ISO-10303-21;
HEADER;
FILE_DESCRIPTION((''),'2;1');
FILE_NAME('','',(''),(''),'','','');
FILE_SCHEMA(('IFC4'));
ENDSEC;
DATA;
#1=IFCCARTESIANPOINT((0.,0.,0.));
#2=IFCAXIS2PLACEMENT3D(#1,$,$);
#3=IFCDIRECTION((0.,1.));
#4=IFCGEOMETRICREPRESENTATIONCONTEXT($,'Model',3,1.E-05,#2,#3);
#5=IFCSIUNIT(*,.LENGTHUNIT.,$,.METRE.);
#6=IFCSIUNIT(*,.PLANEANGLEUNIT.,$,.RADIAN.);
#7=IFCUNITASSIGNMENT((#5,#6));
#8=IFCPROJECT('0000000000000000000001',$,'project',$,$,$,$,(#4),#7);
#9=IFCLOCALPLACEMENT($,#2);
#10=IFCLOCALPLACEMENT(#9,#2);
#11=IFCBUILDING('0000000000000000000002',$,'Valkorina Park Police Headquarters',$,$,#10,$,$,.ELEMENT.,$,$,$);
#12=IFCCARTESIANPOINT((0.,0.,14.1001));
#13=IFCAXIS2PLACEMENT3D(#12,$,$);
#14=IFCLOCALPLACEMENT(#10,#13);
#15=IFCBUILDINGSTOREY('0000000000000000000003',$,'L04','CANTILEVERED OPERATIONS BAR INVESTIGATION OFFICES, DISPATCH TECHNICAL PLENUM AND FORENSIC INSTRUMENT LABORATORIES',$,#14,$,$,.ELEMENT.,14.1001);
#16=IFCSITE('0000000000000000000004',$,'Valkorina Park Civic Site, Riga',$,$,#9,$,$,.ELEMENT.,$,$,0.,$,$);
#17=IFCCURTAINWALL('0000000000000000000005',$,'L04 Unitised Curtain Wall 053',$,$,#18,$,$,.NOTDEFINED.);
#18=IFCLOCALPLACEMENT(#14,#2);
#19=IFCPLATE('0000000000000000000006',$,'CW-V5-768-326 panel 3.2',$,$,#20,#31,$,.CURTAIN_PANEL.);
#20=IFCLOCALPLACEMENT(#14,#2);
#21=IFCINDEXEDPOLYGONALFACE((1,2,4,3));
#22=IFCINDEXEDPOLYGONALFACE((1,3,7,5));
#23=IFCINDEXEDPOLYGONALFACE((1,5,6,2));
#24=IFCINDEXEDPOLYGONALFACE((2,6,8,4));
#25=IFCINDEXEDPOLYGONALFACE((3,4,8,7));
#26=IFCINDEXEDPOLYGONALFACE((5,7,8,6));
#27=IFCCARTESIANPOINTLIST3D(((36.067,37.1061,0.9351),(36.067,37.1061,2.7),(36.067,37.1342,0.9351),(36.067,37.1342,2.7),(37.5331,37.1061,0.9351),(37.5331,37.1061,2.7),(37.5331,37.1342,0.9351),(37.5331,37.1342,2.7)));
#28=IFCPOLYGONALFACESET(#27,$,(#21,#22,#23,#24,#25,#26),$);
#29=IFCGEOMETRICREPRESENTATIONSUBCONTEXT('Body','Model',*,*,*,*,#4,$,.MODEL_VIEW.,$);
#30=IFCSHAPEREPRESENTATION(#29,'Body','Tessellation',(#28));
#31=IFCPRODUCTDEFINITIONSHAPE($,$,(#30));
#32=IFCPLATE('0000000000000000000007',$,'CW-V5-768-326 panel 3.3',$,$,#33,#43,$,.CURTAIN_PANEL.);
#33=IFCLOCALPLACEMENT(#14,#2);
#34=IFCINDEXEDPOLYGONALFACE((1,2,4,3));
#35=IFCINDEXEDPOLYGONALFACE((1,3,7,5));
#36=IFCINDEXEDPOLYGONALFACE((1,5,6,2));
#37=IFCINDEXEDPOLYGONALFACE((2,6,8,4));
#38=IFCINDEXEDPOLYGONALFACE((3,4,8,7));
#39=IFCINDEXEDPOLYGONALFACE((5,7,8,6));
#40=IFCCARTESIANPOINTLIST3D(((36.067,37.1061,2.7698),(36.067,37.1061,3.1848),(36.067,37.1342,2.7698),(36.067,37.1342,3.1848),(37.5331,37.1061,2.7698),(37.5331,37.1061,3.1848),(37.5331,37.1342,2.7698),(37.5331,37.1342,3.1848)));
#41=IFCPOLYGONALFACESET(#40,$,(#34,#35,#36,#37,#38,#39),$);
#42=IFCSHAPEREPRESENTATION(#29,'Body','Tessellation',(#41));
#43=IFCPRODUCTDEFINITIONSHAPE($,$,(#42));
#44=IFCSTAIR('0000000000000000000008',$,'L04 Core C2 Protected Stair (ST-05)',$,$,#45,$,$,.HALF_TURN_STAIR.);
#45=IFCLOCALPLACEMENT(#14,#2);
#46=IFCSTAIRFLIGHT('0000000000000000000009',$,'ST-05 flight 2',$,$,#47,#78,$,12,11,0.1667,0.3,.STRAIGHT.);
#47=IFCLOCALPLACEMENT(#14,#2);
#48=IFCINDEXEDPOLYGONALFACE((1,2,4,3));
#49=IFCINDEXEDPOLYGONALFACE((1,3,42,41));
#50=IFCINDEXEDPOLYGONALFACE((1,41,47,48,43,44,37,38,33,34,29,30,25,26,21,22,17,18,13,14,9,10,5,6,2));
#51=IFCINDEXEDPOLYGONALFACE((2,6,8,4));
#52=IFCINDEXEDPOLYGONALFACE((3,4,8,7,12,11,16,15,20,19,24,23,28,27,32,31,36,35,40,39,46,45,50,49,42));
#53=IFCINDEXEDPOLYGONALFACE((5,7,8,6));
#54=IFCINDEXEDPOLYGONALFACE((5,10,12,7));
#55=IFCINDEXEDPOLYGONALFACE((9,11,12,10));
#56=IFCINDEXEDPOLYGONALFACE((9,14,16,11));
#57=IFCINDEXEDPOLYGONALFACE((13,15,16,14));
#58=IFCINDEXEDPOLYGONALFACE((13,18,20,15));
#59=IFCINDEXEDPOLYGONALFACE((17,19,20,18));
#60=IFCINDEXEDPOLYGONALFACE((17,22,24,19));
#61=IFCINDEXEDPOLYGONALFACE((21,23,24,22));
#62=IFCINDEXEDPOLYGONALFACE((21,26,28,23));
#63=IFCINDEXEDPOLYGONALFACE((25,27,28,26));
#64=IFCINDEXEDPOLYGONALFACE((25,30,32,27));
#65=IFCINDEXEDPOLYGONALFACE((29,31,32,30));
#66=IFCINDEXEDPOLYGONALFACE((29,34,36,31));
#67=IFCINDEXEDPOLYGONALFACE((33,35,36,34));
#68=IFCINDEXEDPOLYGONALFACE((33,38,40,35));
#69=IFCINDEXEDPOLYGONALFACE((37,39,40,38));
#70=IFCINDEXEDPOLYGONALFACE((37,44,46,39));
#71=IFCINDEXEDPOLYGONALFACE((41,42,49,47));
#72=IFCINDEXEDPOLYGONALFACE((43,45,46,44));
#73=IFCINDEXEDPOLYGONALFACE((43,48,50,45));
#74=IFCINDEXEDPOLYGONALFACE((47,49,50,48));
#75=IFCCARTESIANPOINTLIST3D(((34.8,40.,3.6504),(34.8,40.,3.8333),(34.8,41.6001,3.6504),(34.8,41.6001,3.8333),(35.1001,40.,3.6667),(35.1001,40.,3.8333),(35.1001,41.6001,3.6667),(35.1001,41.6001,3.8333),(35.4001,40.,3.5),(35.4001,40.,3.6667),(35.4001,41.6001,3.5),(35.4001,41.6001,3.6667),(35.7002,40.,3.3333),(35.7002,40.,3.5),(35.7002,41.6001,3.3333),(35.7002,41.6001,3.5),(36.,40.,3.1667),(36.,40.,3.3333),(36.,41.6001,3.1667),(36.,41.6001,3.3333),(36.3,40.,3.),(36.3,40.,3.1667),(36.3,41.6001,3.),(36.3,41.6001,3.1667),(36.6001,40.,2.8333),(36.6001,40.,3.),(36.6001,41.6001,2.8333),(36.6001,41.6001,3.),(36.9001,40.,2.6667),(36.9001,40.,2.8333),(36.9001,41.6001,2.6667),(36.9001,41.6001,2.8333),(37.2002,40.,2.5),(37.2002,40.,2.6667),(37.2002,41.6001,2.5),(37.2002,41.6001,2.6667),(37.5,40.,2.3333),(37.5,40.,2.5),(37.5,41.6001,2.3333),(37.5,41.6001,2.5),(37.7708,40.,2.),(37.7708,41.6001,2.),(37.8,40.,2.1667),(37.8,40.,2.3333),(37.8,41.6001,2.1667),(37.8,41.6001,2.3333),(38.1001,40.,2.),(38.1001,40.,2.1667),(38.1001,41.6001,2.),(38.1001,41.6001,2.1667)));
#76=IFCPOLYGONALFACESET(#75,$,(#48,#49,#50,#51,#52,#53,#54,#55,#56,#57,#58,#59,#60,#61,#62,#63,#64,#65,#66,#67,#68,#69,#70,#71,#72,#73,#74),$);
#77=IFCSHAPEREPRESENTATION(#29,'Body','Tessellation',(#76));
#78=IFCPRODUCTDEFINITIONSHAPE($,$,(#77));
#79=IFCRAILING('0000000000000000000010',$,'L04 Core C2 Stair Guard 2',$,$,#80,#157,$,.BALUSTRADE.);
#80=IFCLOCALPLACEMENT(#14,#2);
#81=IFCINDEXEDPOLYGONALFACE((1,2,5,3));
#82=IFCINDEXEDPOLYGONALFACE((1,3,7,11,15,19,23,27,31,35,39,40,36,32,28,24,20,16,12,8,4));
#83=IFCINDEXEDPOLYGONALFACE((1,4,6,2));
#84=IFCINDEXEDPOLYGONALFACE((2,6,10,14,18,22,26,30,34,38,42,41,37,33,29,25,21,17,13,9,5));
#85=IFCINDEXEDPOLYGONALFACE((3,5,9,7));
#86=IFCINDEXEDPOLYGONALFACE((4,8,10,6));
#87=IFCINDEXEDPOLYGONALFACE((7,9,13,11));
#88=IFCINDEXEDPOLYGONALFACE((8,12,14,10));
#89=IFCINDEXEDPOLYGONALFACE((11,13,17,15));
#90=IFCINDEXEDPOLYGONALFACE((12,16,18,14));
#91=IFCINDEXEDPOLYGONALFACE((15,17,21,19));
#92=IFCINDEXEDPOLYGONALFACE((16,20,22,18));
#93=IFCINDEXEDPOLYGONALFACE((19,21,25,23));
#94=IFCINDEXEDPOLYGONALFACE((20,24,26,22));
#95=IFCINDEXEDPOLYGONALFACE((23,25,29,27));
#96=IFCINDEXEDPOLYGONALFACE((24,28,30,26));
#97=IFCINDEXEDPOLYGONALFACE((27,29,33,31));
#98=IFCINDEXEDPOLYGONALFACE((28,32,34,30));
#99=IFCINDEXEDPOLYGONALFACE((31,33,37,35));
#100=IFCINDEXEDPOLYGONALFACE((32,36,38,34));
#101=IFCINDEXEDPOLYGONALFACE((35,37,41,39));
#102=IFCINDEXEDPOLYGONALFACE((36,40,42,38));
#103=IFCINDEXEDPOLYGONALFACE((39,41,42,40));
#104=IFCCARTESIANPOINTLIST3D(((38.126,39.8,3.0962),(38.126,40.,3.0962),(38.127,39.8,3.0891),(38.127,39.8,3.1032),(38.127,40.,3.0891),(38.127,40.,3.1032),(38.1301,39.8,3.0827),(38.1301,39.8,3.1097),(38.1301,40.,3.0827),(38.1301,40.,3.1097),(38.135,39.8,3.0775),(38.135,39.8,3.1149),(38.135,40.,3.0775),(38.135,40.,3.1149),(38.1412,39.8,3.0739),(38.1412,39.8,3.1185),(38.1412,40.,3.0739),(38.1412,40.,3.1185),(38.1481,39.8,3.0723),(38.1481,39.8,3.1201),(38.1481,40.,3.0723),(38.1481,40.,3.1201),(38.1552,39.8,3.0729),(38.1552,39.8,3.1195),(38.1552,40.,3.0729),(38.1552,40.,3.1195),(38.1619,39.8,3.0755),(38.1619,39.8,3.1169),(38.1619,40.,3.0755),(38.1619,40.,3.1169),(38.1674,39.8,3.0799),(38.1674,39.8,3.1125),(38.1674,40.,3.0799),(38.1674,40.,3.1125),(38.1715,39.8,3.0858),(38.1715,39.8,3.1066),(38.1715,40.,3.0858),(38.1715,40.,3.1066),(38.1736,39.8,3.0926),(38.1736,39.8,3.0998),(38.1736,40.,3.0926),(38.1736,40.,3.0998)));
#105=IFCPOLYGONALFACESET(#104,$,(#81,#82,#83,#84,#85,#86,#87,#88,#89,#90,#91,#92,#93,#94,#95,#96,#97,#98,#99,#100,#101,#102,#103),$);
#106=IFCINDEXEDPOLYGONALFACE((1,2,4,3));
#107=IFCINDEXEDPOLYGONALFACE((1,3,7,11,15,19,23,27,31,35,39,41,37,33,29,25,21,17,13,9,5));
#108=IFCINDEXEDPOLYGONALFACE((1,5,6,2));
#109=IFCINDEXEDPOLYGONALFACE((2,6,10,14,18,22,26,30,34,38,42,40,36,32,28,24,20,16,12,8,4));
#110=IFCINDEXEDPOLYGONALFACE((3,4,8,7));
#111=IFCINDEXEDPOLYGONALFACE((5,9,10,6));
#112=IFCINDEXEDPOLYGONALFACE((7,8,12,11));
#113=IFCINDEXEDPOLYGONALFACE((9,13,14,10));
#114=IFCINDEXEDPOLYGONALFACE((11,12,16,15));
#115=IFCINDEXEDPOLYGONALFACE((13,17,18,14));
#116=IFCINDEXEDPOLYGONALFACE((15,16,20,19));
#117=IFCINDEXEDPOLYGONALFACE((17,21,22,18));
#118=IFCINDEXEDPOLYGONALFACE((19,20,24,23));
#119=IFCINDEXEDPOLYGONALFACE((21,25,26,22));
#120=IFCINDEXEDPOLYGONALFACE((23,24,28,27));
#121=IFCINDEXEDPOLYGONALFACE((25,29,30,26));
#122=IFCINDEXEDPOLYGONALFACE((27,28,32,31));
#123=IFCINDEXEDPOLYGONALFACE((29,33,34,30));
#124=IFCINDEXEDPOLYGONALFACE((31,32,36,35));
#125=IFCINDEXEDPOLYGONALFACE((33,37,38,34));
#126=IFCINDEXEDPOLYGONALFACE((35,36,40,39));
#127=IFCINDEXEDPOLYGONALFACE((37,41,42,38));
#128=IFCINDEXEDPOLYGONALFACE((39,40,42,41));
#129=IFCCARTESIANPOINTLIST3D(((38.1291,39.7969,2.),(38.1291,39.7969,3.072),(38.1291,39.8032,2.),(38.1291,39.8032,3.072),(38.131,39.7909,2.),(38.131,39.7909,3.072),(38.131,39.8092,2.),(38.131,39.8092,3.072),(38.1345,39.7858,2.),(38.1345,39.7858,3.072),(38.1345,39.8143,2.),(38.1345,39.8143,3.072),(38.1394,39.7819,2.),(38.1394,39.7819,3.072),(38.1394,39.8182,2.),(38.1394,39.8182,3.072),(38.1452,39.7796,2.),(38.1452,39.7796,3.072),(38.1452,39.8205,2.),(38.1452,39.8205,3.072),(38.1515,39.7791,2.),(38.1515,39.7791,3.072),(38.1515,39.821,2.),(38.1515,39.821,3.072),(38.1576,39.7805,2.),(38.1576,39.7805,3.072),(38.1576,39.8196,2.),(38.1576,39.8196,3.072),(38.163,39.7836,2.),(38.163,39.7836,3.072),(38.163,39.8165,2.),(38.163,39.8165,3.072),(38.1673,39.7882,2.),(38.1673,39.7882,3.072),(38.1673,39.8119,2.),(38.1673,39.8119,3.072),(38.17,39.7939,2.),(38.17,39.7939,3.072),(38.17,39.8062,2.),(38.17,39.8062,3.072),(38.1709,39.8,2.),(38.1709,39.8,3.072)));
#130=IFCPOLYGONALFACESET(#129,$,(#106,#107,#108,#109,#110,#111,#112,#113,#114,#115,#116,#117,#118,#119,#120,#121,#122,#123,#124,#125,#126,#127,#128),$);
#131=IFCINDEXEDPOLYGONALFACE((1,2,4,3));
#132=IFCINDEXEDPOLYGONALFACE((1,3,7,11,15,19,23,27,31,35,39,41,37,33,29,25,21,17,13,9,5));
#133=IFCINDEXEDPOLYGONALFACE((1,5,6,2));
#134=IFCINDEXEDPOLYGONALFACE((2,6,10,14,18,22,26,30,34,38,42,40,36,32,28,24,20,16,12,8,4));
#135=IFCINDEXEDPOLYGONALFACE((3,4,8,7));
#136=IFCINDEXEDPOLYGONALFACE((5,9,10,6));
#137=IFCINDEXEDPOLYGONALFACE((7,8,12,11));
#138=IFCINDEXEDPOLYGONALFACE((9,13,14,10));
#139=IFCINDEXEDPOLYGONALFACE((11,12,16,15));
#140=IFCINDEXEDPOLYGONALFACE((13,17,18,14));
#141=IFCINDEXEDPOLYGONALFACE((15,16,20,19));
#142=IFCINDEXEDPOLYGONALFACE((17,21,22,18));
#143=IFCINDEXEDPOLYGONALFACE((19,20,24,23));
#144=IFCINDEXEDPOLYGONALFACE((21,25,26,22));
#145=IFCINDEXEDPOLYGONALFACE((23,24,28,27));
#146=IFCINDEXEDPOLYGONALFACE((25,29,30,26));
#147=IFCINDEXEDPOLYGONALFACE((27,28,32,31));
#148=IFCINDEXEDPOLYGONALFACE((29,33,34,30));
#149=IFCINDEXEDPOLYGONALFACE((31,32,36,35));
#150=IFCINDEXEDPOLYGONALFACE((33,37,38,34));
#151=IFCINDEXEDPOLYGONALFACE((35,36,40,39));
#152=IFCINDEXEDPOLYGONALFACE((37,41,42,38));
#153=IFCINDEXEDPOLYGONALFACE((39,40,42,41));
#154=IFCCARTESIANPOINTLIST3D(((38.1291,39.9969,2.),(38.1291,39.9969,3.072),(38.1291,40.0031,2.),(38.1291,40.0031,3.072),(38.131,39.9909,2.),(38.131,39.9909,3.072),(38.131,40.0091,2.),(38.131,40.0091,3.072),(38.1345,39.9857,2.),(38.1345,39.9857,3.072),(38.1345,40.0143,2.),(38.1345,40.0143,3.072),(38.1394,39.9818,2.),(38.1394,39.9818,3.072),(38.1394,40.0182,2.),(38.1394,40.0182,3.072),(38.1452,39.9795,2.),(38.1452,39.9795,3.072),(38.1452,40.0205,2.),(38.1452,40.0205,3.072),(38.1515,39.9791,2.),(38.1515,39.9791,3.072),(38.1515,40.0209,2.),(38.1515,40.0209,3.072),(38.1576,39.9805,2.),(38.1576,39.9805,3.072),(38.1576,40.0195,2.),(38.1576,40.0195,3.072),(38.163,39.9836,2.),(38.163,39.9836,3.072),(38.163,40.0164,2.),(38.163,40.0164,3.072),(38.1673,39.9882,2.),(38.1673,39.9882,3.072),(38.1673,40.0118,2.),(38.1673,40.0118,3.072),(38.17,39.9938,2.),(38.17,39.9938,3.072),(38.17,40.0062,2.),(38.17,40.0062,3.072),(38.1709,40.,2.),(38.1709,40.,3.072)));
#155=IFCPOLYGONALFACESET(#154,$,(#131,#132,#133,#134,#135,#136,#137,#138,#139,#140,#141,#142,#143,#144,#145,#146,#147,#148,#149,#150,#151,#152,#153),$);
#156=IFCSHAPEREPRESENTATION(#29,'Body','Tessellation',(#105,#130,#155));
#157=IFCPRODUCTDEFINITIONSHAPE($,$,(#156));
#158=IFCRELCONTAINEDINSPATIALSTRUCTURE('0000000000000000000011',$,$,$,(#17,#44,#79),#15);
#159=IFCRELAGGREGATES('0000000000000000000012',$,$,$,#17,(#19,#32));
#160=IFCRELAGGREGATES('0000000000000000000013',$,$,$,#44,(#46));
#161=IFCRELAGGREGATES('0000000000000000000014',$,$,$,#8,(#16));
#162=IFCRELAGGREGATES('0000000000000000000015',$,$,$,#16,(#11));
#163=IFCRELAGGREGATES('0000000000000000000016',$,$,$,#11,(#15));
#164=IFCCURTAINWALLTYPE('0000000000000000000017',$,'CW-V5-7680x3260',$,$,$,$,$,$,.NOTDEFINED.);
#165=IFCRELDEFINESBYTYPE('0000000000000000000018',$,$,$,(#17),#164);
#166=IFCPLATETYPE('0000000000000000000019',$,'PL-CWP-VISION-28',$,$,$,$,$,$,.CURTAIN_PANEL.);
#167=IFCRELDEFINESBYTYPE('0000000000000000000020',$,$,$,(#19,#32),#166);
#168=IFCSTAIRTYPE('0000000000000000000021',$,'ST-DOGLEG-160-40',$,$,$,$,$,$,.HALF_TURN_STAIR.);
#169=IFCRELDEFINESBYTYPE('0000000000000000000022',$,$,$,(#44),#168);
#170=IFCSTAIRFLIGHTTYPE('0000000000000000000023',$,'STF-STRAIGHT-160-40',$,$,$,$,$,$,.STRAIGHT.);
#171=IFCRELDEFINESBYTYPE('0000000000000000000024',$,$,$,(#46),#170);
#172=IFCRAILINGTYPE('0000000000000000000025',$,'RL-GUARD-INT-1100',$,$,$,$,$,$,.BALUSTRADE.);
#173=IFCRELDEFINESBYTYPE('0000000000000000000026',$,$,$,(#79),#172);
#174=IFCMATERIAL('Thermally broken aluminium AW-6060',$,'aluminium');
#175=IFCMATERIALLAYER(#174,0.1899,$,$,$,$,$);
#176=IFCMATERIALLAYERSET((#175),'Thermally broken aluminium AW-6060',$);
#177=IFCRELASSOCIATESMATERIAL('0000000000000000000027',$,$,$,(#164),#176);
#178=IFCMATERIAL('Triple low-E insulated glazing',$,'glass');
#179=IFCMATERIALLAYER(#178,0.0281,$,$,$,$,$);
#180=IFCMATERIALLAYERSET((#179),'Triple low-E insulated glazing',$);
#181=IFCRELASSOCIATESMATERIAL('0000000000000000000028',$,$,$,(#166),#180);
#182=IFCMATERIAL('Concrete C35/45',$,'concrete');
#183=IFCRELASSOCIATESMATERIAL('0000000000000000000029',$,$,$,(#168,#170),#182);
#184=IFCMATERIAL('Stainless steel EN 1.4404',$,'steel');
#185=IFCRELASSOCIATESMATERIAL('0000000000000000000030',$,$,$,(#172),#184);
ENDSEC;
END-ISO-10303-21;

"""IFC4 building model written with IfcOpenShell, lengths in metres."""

from ifc_helpers import new_model, si_unit, direction, frame, origin, origin_2d, place, context, subcontext, project, spatial, polyline, rectangle, circle, outline, extrude, material, layer, layer_set, type_object, element, aggregate, save


model = new_model("IFC4")

# Units and contexts
model_context = context("Model", 3, precision=1e-05, world=origin(), true_north=direction((0.0, 1.0)))
body_context = subcontext(model_context, "Body", "Model", "MODEL_VIEW")
ifc_project = project(units=[si_unit("LENGTHUNIT", "METRE"), si_unit("PLANEANGLEUNIT", "RADIAN")], contexts=[model_context])

# Site, building, storey
site_placement = place(None, origin())
site = spatial("IfcSite", under=ifc_project, at=site_placement, Name="Valkorina Park Civic Site, Riga", CompositionType="ELEMENT", RefElevation=0.0)
building_placement = place(site_placement, origin())
building = spatial("IfcBuilding", under=site, at=building_placement, Name="Valkorina Park Police Headquarters", CompositionType="ELEMENT")
storey_placement = place(building_placement, frame((0.0, 0.0, 14.1001)))
storey = spatial("IfcBuildingStorey", under=building, at=storey_placement, Name="L04", Description="CANTILEVERED OPERATIONS BAR INVESTIGATION OFFICES, DISPATCH TECHNICAL PLENUM AND FORENSIC INSTRUMENT LABORATORIES", CompositionType="ELEMENT", Elevation=14.1001)

# Curtain wall, plates
ifc_material_1 = material(Name="Thermally broken aluminium AW-6060", Category="aluminium")
ifc_layer_1 = layer(ifc_material_1, 0.1899)
ifc_layer_set_1 = layer_set([ifc_layer_1], Name="Thermally broken aluminium AW-6060")
curtain_wall_type = type_object("IfcCurtainWallType", Name="CW-V5-7680x3260", PredefinedType="NOTDEFINED", material=ifc_layer_set_1)
curtain_wall_placement = place(storey_placement, origin())
curtain_wall = element("IfcCurtainWall", 1, at=curtain_wall_placement, inside=storey, type_object=curtain_wall_type, Name="L04 Unitised Curtain Wall 053", PredefinedType="NOTDEFINED")
ifc_material_2 = material(Name="Triple low-E insulated glazing", Category="glass")
ifc_layer_2 = layer(ifc_material_2, 0.0281)
ifc_layer_set_2 = layer_set([ifc_layer_2], Name="Triple low-E insulated glazing")
plate_type_1 = type_object("IfcPlateType", Name="PL-CWP-VISION-28", PredefinedType="CURTAIN_PANEL", material=ifc_layer_set_2)
plate_1_placement = place(storey_placement, frame((36.8, 37.1201, 0.9351), z_axis=(0.0, 0.0, 1.0), x_axis=(-1.0, 0.0, 0.0)))
plate_1 = element("IfcPlate", 2, at=plate_1_placement, type_object=plate_type_1, Name="CW-V5-768-326 panel 3.2", PredefinedType="CURTAIN_PANEL", context=body_context, shape_type="SweptSolid", body=[
    extrude(rectangle(XDim=1.4661, YDim=0.0281, at=origin_2d()), origin(), (0.0, 0.0, 1.0), 1.7649),
])
plate_2_placement = place(storey_placement, frame((36.8, 37.1201, 2.7698), z_axis=(0.0, 0.0, 1.0), x_axis=(-1.0, 0.0, 0.0)))
plate_2 = element("IfcPlate", 3, at=plate_2_placement, type_object=plate_type_1, Name="CW-V5-768-326 panel 3.3", PredefinedType="CURTAIN_PANEL", context=body_context, shape_type="SweptSolid", body=[
    extrude(rectangle(XDim=1.4661, YDim=0.0281, at=origin_2d()), origin(), (0.0, 0.0, 1.0), 0.415),
])
aggregate(curtain_wall, [plate_1, plate_2])

# Stair, stair flight
ifc_material_3 = material(Name="Concrete C35/45", Category="concrete")
stair_type = type_object("IfcStairType", Name="ST-DOGLEG-160-40", PredefinedType="HALF_TURN_STAIR", material=ifc_material_3)
stair_placement = place(storey_placement, origin())
stair = element("IfcStair", 4, at=stair_placement, inside=storey, type_object=stair_type, Name="L04 Core C2 Protected Stair (ST-05)", PredefinedType="HALF_TURN_STAIR")
stair_flight_type = type_object("IfcStairFlightType", Name="STF-STRAIGHT-160-40", PredefinedType="STRAIGHT", material=ifc_material_3)
stair_flight_placement = place(storey_placement, frame((38.1001, 40.8, 2.0), z_axis=(0.0, 0.0, 1.0), x_axis=(-1.0, 0.0, 0.0)))
stair_flight = element("IfcStairFlight", 5, at=stair_flight_placement, type_object=stair_flight_type, Name="ST-05 flight 2", NumberOfRisers=12, NumberOfTreads=11, PredefinedType="STRAIGHT", RiserHeight=0.1667, TreadLength=0.3, context=body_context, shape_type="SweptSolid", body=[
    extrude(outline(polyline([(0.0, 0.0), (0.0, 0.1667), (0.3, 0.1667), (0.3, 0.3333), (0.6001, 0.3333), (0.6001, 0.5), (0.8999, 0.5), (0.8999, 0.6667), (1.2, 0.6667), (1.2, 0.8333), (1.5, 0.8333), (1.5, 1.0), (1.8, 1.0), (1.8, 1.1667), (2.1001, 1.1667), (2.1001, 1.3333), (2.3999, 1.3333), (2.3999, 1.5), (2.7, 1.5), (2.7, 1.6667), (3.0, 1.6667), (3.0, 1.8333), (3.3, 1.8333), (3.3, 2.0), (3.3, 1.6504), (0.3293, 0.0), (0.0, 0.0)])), frame((0.0, 0.8, 0.0), z_axis=(0.0, -1.0, 0.0), x_axis=(1.0, 0.0, 0.0)), (0.0, 0.0, 1.0), 1.6001),
])
aggregate(stair, [stair_flight])

# Railing
ifc_material_4 = material(Name="Stainless steel EN 1.4404", Category="steel")
railing_type_1 = type_object("IfcRailingType", Name="RL-GUARD-INT-1100", PredefinedType="BALUSTRADE", material=ifc_material_4)
railing_1_placement = place(storey_placement, frame((38.1499, 39.8, 2.0)))
element("IfcRailing", 6, at=railing_1_placement, inside=storey, type_object=railing_type_1, Name="L04 Core C2 Stair Guard 2", PredefinedType="BALUSTRADE", context=body_context, shape_type="SweptSolid", body=[
    extrude(circle(Radius=0.0239, at=origin_2d()), frame((0.0, 0.0, 1.0962), z_axis=(0.0, 1.0, 0.0), x_axis=(-1.0, 0.0, 0.0)), (0.0, 0.0, 1.0), 0.2),
    extrude(circle(Radius=0.021, at=origin_2d()), origin(), (0.0, 0.0, 1.0), 1.072),
    extrude(circle(Radius=0.021, at=origin_2d()), frame((0.0, 0.2, 0.0)), (0.0, 0.0, 1.0), 1.072),
])

save(model, "model.ifc")
